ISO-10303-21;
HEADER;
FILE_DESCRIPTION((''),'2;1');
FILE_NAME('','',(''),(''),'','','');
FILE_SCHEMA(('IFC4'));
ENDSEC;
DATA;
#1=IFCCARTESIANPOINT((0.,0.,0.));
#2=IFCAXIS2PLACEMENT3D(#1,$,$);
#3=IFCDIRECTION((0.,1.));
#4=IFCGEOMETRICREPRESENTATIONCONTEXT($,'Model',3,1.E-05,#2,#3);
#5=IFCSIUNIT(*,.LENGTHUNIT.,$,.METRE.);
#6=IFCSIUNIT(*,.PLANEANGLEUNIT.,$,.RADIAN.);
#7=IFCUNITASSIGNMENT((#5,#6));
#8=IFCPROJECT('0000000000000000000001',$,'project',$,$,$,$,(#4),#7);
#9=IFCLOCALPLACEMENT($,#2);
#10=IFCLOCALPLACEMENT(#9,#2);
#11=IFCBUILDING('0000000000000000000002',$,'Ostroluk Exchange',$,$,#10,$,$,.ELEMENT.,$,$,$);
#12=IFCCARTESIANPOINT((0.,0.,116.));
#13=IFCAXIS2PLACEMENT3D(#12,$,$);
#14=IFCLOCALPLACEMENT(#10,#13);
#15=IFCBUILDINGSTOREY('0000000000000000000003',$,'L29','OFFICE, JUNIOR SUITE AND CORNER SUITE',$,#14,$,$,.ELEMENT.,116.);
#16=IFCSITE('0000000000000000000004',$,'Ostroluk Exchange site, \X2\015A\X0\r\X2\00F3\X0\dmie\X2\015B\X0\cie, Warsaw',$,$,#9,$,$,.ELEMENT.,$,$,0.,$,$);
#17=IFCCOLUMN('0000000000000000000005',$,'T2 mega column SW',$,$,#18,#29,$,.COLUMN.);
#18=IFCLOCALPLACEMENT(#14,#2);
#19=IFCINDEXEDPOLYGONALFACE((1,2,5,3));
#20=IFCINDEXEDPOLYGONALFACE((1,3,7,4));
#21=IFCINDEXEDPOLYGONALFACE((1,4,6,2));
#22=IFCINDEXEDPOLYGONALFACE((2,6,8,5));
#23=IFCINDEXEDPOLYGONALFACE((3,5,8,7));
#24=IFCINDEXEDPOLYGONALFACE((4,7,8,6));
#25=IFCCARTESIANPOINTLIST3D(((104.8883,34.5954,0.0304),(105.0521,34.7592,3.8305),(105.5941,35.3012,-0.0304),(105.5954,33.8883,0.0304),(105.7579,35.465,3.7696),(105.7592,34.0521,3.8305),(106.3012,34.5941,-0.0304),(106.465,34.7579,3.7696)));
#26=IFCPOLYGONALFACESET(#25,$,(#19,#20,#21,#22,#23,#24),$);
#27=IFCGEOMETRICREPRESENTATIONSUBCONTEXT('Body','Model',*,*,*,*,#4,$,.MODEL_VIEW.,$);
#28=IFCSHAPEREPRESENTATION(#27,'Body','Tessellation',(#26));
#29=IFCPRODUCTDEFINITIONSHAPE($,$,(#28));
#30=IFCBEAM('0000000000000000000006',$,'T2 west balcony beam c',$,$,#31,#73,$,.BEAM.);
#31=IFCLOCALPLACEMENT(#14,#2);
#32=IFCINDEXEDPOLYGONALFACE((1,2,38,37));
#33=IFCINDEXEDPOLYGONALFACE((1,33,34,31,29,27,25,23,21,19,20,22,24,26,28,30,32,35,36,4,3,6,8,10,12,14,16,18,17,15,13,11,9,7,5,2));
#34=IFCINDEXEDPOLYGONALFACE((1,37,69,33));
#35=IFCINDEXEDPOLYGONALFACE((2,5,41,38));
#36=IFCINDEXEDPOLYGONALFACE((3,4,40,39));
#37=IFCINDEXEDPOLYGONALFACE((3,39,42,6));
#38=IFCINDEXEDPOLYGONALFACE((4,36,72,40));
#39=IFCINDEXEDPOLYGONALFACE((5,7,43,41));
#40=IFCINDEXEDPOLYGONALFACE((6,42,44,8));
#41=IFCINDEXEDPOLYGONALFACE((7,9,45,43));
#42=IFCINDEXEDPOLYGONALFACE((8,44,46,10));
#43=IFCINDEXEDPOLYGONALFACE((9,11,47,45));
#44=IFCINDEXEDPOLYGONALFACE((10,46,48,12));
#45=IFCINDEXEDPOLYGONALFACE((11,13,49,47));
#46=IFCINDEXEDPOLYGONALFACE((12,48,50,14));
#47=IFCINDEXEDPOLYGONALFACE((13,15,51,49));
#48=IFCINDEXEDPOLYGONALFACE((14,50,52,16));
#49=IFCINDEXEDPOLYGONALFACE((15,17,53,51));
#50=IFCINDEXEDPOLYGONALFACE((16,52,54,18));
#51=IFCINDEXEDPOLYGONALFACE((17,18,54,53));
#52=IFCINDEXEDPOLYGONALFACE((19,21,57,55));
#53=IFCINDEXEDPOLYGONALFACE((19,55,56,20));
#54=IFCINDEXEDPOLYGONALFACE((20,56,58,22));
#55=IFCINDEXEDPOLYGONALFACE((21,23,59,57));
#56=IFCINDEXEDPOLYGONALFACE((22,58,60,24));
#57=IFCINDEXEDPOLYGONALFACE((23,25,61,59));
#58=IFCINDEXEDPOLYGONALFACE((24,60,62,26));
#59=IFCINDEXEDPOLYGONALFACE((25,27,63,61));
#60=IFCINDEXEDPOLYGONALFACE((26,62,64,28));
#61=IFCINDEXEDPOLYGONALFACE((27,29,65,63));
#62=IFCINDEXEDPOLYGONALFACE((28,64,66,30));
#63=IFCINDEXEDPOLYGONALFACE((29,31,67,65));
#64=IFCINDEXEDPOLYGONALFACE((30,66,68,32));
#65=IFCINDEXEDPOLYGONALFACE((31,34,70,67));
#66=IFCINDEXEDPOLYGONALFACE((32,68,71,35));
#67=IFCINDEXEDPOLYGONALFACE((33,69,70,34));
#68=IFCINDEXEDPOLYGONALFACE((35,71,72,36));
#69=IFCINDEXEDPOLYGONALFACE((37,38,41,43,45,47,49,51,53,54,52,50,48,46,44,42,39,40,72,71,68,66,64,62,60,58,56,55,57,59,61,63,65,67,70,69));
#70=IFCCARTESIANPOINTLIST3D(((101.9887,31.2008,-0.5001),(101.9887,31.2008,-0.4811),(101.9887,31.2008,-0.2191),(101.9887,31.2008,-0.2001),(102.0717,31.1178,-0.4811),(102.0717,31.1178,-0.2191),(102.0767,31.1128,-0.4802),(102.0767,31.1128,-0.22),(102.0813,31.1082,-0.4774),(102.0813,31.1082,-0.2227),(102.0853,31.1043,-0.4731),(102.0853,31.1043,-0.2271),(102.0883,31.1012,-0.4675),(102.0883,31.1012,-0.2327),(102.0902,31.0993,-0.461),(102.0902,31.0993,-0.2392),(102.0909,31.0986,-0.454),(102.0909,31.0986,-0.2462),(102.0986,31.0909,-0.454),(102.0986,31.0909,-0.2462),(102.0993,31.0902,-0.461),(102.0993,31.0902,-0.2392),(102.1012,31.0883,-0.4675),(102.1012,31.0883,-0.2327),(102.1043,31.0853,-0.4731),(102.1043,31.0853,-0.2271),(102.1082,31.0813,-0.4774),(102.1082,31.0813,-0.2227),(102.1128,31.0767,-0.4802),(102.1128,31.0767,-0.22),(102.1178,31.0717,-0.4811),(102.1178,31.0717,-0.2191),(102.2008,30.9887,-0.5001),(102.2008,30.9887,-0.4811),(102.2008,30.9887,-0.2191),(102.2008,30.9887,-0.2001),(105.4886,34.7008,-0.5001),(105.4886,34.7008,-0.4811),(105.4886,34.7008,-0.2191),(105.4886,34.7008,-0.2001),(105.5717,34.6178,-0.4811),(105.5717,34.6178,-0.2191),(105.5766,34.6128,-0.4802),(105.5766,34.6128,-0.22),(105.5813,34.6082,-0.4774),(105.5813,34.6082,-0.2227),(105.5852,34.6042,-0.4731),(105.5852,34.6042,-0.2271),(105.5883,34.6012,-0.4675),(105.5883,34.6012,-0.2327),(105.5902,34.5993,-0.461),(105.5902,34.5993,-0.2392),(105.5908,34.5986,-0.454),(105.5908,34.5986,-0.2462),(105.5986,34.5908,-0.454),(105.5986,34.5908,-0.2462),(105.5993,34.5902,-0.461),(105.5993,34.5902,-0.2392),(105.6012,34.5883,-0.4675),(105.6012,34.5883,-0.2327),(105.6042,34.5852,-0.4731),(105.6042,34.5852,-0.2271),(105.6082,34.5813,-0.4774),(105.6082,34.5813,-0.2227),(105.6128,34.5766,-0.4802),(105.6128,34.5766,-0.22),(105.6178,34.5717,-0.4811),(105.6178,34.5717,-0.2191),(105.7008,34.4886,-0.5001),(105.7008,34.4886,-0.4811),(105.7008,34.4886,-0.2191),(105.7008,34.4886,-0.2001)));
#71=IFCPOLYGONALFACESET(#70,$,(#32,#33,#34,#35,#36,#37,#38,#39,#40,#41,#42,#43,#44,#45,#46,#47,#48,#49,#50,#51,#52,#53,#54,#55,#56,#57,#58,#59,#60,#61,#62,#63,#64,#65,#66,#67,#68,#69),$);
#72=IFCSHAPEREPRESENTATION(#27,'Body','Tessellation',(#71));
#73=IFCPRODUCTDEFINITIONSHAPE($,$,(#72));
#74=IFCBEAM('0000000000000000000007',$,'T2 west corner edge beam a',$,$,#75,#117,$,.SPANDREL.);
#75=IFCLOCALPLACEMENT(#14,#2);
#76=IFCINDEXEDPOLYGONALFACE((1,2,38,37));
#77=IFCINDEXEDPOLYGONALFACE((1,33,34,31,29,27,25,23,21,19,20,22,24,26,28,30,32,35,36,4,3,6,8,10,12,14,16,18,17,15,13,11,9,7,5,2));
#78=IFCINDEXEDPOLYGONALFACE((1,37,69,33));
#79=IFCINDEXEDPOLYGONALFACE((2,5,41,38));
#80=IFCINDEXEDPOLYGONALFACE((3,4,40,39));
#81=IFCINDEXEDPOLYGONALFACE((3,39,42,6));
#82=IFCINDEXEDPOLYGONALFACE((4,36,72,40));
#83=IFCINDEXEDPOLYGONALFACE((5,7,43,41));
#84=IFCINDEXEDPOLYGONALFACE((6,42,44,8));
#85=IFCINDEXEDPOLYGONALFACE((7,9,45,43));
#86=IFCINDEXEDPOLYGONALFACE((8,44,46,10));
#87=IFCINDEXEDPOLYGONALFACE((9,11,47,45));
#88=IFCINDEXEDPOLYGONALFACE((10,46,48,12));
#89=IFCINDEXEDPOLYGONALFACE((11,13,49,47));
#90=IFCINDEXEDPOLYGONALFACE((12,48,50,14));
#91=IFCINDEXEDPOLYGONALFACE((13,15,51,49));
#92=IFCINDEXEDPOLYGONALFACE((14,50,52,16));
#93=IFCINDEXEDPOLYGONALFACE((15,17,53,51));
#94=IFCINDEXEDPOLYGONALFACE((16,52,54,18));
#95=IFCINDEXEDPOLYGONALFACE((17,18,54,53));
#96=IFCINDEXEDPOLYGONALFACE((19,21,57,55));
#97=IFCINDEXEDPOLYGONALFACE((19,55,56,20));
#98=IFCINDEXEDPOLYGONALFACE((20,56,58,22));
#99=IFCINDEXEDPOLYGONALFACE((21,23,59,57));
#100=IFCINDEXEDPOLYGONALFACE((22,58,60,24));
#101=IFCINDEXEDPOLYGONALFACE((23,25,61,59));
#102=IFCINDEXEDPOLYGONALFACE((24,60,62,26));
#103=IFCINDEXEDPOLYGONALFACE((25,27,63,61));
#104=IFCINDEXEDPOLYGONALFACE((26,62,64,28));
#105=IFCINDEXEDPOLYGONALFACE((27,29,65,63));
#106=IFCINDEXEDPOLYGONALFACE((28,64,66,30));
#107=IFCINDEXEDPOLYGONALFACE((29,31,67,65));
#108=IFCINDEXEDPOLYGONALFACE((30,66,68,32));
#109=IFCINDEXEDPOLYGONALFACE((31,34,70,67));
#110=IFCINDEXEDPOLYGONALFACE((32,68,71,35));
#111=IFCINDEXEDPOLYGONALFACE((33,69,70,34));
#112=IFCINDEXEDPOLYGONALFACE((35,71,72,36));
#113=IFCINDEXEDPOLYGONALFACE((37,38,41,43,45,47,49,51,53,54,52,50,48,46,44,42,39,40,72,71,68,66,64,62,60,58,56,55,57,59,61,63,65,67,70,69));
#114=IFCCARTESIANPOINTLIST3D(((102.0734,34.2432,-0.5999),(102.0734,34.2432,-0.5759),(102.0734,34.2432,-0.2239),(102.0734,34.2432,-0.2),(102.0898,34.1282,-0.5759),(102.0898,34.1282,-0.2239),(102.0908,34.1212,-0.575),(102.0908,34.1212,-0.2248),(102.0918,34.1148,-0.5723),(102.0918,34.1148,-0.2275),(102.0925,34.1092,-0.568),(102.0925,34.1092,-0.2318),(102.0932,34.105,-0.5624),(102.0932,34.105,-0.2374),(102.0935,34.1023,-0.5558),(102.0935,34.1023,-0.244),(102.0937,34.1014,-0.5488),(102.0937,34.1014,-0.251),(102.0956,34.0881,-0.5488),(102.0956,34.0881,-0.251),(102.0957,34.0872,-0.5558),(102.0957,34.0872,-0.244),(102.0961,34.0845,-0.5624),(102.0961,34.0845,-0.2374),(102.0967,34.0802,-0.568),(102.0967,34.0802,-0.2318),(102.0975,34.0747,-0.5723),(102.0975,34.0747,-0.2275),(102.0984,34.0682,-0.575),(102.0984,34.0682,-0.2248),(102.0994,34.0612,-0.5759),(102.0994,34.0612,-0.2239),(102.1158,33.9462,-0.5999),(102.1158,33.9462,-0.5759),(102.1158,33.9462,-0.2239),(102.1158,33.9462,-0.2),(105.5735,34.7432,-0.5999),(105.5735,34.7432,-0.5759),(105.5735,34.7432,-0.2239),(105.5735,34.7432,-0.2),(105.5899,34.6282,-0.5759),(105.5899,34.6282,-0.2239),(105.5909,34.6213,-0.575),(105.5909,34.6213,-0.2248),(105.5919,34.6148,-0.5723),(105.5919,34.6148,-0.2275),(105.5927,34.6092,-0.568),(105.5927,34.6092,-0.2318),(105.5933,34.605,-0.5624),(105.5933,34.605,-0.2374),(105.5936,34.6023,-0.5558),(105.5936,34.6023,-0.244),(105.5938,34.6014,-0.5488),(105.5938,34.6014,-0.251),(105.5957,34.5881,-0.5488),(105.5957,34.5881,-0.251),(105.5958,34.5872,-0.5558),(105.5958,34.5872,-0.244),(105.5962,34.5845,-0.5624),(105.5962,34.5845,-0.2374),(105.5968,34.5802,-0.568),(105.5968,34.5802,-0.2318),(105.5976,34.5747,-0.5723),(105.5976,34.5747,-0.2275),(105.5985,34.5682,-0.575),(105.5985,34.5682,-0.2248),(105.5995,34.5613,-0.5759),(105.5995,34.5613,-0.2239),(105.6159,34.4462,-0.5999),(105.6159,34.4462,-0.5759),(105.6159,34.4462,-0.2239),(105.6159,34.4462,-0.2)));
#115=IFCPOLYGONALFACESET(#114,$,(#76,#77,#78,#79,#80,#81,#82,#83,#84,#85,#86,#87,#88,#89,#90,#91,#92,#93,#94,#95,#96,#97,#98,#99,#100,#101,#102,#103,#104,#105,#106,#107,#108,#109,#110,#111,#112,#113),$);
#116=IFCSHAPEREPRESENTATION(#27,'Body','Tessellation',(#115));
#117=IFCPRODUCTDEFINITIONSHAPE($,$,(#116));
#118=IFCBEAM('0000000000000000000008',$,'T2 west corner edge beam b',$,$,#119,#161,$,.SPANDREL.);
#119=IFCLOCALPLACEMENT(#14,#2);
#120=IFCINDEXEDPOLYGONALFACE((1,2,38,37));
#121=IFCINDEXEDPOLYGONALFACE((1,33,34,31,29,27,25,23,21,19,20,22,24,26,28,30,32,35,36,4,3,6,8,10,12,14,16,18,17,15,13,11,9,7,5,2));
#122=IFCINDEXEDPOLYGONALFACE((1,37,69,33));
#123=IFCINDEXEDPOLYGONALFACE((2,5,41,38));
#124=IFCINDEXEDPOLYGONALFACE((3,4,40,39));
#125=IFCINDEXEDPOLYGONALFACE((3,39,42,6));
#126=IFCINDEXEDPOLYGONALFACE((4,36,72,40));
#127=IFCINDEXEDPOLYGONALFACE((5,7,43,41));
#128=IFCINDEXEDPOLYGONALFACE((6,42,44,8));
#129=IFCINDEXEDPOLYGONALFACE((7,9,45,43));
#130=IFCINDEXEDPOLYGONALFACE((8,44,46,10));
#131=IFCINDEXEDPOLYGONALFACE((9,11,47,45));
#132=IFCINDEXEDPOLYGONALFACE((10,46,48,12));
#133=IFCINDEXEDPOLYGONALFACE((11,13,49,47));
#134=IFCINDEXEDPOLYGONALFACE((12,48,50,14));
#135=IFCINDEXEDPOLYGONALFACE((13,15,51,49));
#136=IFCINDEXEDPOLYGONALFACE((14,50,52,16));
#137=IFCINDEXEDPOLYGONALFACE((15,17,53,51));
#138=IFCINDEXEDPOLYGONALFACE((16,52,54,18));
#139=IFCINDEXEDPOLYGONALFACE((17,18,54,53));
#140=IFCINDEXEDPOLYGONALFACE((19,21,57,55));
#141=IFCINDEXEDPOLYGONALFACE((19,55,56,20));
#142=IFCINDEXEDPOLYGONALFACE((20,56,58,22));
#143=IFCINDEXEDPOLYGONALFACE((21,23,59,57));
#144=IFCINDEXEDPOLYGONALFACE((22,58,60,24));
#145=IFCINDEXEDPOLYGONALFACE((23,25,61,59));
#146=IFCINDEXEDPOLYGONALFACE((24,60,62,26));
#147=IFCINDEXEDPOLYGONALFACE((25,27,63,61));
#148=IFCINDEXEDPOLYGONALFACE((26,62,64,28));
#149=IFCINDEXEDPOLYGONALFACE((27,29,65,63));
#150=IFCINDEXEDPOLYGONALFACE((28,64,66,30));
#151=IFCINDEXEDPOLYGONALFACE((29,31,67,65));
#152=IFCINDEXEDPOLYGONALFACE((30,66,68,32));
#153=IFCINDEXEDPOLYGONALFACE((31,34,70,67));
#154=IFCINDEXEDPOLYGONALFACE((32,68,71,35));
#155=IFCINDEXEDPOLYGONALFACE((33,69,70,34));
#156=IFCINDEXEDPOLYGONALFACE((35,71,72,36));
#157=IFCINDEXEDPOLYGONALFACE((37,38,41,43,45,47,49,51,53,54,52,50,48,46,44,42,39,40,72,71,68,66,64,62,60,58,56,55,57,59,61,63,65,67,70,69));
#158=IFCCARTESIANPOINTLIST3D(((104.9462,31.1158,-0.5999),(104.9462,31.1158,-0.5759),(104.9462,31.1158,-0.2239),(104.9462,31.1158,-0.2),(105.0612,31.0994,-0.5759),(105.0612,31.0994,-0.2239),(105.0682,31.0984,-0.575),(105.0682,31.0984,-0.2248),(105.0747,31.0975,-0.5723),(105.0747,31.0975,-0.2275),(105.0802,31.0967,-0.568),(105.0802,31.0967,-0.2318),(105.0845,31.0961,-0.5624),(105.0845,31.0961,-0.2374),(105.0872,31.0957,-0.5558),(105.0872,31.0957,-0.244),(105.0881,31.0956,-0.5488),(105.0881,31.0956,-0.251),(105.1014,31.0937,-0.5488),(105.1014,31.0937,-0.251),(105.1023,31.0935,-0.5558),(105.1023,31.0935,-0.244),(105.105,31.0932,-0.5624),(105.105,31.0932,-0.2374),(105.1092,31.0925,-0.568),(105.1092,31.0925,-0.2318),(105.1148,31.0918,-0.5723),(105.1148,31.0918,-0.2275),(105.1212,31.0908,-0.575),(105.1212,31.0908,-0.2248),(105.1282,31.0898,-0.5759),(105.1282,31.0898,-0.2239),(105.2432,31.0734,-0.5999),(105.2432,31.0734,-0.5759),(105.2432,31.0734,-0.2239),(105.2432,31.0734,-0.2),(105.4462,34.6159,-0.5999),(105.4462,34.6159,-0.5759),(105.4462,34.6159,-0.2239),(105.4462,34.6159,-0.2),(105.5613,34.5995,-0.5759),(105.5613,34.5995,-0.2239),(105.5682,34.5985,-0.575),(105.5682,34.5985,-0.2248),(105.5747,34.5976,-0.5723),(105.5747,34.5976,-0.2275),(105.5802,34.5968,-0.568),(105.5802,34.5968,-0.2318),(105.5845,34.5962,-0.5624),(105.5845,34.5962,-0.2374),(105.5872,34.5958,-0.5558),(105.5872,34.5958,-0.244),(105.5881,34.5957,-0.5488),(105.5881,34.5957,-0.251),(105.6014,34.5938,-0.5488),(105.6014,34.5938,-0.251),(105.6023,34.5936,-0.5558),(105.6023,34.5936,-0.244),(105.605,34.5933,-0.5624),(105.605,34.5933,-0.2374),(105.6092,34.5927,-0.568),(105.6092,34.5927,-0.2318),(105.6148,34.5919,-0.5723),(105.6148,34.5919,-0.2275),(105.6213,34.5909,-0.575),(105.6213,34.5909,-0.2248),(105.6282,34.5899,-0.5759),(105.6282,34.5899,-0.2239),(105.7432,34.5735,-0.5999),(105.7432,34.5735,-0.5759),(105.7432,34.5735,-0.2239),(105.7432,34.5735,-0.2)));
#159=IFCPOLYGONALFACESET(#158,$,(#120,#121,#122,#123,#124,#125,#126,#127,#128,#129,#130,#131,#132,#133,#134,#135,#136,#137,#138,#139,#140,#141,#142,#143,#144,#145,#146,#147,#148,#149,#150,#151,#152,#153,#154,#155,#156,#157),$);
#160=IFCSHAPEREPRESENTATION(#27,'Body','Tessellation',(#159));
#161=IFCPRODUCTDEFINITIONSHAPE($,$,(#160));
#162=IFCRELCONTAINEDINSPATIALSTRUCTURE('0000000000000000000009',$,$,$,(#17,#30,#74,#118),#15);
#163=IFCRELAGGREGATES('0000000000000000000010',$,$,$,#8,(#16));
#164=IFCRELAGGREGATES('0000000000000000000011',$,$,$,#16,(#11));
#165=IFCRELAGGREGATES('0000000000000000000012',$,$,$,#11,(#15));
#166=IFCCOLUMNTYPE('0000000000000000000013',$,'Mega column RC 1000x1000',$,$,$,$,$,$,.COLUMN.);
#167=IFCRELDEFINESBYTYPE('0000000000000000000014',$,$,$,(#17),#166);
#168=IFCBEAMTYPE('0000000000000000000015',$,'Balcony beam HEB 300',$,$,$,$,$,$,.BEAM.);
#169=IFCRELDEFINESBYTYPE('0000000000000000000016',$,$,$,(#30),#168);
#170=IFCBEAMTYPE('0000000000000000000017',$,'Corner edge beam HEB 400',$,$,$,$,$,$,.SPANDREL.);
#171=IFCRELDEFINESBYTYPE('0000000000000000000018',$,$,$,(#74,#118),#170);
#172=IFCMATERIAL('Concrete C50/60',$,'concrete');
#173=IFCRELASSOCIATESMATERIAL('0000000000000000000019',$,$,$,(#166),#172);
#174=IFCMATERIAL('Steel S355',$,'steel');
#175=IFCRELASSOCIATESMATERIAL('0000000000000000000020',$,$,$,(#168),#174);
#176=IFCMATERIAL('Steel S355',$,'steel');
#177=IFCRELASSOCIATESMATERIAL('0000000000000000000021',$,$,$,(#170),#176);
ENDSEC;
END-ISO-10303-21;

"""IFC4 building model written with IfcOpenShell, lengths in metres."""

from ifc_helpers import new_model, si_unit, direction, frame, origin, origin_2d, place, context, subcontext, project, spatial, rectangle, i_section, extrude, material, material_profile, profile_set, type_object, element, save


model = new_model("IFC4")

# Units and contexts
model_context = context("Model", 3, precision=1e-05, world=origin(), true_north=direction((0.0, 1.0)))
body_context = subcontext(model_context, "Body", "Model", "MODEL_VIEW")
ifc_project = project(units=[si_unit("LENGTHUNIT", "METRE"), si_unit("PLANEANGLEUNIT", "RADIAN")], contexts=[model_context])

# Site, building, storey
site_placement = place(None, origin())
site = spatial("IfcSite", under=ifc_project, at=site_placement, Name="Ostroluk Exchange site, Śródmieście, Warsaw", CompositionType="ELEMENT", RefElevation=0.0)
building_placement = place(site_placement, origin())
building = spatial("IfcBuilding", under=site, at=building_placement, Name="Ostroluk Exchange", CompositionType="ELEMENT")
storey_placement = place(building_placement, frame((0.0, 0.0, 116.0)))
storey = spatial("IfcBuildingStorey", under=building, at=storey_placement, Name="L29", Description="OFFICE, JUNIOR SUITE AND CORNER SUITE", CompositionType="ELEMENT", Elevation=116.0)

# Column
ifc_material_1 = material(Name="Concrete C50/60", Category="concrete")
ifc_material_profile_1 = material_profile(ifc_material_1, rectangle(XDim=1.0, YDim=1.0, at=origin_2d()), Name="RC 1000x1000")
ifc_profile_set_1 = profile_set([ifc_material_profile_1], Name="Concrete C50/60")
column_type = type_object("IfcColumnType", Name="Mega column RC 1000x1000", PredefinedType="COLUMN", material=ifc_profile_set_1)
column_placement = place(storey_placement, frame((105.5947, 34.5947, 0.0), z_axis=(0.04303, 0.04303, 0.998147), x_axis=(-0.707107, 0.707107, 0.0)))
element("IfcColumn", 1, at=column_placement, inside=storey, type_object=column_type, Name="T2 mega column SW", PredefinedType="COLUMN", context=body_context, shape_type="SweptSolid", body=[
    extrude(rectangle(XDim=1.0, YDim=1.0, at=origin_2d()), origin(), (0.0, 0.0, 1.0), 3.8071),
])

# Beams
ifc_material_2 = material(Name="Steel S355", Category="steel")
ifc_material_profile_2 = material_profile(ifc_material_2, i_section(OverallWidth=0.3, OverallDepth=0.3, WebThickness=0.011, FlangeThickness=0.019, FilletRadius=0.0271, at=origin_2d()), Name="HEB 300")
ifc_profile_set_2 = profile_set([ifc_material_profile_2], Name="Steel S355")
beam_type_1 = type_object("IfcBeamType", Name="Balcony beam HEB 300", PredefinedType="BEAM", material=ifc_profile_set_2)
beam_1_placement = place(storey_placement, frame((105.5947, 34.5947, -0.3501), z_axis=(-0.707107, -0.707107, 0.0), x_axis=(0.707107, -0.707107, 0.0)))
element("IfcBeam", 2, at=beam_1_placement, inside=storey, type_object=beam_type_1, Name="T2 west balcony beam c", PredefinedType="BEAM", context=body_context, shape_type="SweptSolid", body=[
    extrude(i_section(OverallWidth=0.3, OverallDepth=0.3, WebThickness=0.011, FlangeThickness=0.019, FilletRadius=0.0271, at=origin_2d()), origin(), (0.0, 0.0, 1.0), 4.9497),
])
ifc_material_3 = material(Name="Steel S355", Category="steel")
ifc_material_profile_3 = material_profile(ifc_material_3, i_section(OverallWidth=0.3, OverallDepth=0.3999, WebThickness=0.0134, FlangeThickness=0.0239, FilletRadius=0.0271, at=origin_2d()), Name="HEB 400")
ifc_profile_set_3 = profile_set([ifc_material_profile_3], Name="Steel S355")
beam_type_2 = type_object("IfcBeamType", Name="Corner edge beam HEB 400", PredefinedType="SPANDREL", material=ifc_profile_set_3)
for number, where, z_axis, x_axis, name in (
    (3, (105.5947, 34.5947, -0.3999), (-0.989949, -0.141421, 0.0), (0.141421, -0.989949, 0.0), "T2 west corner edge beam a"),
    (4, (105.5947, 34.5947, -0.3999), (-0.141421, -0.989949, 0.0), (0.989949, -0.141421, 0.0), "T2 west corner edge beam b"),
):
    element("IfcBeam", number, at=place(storey_placement, frame(where, z_axis=z_axis, x_axis=x_axis)), inside=storey, type_object=beam_type_2, Name=name, PredefinedType="SPANDREL", context=body_context, shape_type="SweptSolid", body=[
        extrude(i_section(OverallWidth=0.3, OverallDepth=0.3999, WebThickness=0.0134, FlangeThickness=0.0239, FilletRadius=0.0271, at=origin_2d()), origin(), (0.0, 0.0, 1.0), 3.5356),
    ])

save(model, "model.ifc")
